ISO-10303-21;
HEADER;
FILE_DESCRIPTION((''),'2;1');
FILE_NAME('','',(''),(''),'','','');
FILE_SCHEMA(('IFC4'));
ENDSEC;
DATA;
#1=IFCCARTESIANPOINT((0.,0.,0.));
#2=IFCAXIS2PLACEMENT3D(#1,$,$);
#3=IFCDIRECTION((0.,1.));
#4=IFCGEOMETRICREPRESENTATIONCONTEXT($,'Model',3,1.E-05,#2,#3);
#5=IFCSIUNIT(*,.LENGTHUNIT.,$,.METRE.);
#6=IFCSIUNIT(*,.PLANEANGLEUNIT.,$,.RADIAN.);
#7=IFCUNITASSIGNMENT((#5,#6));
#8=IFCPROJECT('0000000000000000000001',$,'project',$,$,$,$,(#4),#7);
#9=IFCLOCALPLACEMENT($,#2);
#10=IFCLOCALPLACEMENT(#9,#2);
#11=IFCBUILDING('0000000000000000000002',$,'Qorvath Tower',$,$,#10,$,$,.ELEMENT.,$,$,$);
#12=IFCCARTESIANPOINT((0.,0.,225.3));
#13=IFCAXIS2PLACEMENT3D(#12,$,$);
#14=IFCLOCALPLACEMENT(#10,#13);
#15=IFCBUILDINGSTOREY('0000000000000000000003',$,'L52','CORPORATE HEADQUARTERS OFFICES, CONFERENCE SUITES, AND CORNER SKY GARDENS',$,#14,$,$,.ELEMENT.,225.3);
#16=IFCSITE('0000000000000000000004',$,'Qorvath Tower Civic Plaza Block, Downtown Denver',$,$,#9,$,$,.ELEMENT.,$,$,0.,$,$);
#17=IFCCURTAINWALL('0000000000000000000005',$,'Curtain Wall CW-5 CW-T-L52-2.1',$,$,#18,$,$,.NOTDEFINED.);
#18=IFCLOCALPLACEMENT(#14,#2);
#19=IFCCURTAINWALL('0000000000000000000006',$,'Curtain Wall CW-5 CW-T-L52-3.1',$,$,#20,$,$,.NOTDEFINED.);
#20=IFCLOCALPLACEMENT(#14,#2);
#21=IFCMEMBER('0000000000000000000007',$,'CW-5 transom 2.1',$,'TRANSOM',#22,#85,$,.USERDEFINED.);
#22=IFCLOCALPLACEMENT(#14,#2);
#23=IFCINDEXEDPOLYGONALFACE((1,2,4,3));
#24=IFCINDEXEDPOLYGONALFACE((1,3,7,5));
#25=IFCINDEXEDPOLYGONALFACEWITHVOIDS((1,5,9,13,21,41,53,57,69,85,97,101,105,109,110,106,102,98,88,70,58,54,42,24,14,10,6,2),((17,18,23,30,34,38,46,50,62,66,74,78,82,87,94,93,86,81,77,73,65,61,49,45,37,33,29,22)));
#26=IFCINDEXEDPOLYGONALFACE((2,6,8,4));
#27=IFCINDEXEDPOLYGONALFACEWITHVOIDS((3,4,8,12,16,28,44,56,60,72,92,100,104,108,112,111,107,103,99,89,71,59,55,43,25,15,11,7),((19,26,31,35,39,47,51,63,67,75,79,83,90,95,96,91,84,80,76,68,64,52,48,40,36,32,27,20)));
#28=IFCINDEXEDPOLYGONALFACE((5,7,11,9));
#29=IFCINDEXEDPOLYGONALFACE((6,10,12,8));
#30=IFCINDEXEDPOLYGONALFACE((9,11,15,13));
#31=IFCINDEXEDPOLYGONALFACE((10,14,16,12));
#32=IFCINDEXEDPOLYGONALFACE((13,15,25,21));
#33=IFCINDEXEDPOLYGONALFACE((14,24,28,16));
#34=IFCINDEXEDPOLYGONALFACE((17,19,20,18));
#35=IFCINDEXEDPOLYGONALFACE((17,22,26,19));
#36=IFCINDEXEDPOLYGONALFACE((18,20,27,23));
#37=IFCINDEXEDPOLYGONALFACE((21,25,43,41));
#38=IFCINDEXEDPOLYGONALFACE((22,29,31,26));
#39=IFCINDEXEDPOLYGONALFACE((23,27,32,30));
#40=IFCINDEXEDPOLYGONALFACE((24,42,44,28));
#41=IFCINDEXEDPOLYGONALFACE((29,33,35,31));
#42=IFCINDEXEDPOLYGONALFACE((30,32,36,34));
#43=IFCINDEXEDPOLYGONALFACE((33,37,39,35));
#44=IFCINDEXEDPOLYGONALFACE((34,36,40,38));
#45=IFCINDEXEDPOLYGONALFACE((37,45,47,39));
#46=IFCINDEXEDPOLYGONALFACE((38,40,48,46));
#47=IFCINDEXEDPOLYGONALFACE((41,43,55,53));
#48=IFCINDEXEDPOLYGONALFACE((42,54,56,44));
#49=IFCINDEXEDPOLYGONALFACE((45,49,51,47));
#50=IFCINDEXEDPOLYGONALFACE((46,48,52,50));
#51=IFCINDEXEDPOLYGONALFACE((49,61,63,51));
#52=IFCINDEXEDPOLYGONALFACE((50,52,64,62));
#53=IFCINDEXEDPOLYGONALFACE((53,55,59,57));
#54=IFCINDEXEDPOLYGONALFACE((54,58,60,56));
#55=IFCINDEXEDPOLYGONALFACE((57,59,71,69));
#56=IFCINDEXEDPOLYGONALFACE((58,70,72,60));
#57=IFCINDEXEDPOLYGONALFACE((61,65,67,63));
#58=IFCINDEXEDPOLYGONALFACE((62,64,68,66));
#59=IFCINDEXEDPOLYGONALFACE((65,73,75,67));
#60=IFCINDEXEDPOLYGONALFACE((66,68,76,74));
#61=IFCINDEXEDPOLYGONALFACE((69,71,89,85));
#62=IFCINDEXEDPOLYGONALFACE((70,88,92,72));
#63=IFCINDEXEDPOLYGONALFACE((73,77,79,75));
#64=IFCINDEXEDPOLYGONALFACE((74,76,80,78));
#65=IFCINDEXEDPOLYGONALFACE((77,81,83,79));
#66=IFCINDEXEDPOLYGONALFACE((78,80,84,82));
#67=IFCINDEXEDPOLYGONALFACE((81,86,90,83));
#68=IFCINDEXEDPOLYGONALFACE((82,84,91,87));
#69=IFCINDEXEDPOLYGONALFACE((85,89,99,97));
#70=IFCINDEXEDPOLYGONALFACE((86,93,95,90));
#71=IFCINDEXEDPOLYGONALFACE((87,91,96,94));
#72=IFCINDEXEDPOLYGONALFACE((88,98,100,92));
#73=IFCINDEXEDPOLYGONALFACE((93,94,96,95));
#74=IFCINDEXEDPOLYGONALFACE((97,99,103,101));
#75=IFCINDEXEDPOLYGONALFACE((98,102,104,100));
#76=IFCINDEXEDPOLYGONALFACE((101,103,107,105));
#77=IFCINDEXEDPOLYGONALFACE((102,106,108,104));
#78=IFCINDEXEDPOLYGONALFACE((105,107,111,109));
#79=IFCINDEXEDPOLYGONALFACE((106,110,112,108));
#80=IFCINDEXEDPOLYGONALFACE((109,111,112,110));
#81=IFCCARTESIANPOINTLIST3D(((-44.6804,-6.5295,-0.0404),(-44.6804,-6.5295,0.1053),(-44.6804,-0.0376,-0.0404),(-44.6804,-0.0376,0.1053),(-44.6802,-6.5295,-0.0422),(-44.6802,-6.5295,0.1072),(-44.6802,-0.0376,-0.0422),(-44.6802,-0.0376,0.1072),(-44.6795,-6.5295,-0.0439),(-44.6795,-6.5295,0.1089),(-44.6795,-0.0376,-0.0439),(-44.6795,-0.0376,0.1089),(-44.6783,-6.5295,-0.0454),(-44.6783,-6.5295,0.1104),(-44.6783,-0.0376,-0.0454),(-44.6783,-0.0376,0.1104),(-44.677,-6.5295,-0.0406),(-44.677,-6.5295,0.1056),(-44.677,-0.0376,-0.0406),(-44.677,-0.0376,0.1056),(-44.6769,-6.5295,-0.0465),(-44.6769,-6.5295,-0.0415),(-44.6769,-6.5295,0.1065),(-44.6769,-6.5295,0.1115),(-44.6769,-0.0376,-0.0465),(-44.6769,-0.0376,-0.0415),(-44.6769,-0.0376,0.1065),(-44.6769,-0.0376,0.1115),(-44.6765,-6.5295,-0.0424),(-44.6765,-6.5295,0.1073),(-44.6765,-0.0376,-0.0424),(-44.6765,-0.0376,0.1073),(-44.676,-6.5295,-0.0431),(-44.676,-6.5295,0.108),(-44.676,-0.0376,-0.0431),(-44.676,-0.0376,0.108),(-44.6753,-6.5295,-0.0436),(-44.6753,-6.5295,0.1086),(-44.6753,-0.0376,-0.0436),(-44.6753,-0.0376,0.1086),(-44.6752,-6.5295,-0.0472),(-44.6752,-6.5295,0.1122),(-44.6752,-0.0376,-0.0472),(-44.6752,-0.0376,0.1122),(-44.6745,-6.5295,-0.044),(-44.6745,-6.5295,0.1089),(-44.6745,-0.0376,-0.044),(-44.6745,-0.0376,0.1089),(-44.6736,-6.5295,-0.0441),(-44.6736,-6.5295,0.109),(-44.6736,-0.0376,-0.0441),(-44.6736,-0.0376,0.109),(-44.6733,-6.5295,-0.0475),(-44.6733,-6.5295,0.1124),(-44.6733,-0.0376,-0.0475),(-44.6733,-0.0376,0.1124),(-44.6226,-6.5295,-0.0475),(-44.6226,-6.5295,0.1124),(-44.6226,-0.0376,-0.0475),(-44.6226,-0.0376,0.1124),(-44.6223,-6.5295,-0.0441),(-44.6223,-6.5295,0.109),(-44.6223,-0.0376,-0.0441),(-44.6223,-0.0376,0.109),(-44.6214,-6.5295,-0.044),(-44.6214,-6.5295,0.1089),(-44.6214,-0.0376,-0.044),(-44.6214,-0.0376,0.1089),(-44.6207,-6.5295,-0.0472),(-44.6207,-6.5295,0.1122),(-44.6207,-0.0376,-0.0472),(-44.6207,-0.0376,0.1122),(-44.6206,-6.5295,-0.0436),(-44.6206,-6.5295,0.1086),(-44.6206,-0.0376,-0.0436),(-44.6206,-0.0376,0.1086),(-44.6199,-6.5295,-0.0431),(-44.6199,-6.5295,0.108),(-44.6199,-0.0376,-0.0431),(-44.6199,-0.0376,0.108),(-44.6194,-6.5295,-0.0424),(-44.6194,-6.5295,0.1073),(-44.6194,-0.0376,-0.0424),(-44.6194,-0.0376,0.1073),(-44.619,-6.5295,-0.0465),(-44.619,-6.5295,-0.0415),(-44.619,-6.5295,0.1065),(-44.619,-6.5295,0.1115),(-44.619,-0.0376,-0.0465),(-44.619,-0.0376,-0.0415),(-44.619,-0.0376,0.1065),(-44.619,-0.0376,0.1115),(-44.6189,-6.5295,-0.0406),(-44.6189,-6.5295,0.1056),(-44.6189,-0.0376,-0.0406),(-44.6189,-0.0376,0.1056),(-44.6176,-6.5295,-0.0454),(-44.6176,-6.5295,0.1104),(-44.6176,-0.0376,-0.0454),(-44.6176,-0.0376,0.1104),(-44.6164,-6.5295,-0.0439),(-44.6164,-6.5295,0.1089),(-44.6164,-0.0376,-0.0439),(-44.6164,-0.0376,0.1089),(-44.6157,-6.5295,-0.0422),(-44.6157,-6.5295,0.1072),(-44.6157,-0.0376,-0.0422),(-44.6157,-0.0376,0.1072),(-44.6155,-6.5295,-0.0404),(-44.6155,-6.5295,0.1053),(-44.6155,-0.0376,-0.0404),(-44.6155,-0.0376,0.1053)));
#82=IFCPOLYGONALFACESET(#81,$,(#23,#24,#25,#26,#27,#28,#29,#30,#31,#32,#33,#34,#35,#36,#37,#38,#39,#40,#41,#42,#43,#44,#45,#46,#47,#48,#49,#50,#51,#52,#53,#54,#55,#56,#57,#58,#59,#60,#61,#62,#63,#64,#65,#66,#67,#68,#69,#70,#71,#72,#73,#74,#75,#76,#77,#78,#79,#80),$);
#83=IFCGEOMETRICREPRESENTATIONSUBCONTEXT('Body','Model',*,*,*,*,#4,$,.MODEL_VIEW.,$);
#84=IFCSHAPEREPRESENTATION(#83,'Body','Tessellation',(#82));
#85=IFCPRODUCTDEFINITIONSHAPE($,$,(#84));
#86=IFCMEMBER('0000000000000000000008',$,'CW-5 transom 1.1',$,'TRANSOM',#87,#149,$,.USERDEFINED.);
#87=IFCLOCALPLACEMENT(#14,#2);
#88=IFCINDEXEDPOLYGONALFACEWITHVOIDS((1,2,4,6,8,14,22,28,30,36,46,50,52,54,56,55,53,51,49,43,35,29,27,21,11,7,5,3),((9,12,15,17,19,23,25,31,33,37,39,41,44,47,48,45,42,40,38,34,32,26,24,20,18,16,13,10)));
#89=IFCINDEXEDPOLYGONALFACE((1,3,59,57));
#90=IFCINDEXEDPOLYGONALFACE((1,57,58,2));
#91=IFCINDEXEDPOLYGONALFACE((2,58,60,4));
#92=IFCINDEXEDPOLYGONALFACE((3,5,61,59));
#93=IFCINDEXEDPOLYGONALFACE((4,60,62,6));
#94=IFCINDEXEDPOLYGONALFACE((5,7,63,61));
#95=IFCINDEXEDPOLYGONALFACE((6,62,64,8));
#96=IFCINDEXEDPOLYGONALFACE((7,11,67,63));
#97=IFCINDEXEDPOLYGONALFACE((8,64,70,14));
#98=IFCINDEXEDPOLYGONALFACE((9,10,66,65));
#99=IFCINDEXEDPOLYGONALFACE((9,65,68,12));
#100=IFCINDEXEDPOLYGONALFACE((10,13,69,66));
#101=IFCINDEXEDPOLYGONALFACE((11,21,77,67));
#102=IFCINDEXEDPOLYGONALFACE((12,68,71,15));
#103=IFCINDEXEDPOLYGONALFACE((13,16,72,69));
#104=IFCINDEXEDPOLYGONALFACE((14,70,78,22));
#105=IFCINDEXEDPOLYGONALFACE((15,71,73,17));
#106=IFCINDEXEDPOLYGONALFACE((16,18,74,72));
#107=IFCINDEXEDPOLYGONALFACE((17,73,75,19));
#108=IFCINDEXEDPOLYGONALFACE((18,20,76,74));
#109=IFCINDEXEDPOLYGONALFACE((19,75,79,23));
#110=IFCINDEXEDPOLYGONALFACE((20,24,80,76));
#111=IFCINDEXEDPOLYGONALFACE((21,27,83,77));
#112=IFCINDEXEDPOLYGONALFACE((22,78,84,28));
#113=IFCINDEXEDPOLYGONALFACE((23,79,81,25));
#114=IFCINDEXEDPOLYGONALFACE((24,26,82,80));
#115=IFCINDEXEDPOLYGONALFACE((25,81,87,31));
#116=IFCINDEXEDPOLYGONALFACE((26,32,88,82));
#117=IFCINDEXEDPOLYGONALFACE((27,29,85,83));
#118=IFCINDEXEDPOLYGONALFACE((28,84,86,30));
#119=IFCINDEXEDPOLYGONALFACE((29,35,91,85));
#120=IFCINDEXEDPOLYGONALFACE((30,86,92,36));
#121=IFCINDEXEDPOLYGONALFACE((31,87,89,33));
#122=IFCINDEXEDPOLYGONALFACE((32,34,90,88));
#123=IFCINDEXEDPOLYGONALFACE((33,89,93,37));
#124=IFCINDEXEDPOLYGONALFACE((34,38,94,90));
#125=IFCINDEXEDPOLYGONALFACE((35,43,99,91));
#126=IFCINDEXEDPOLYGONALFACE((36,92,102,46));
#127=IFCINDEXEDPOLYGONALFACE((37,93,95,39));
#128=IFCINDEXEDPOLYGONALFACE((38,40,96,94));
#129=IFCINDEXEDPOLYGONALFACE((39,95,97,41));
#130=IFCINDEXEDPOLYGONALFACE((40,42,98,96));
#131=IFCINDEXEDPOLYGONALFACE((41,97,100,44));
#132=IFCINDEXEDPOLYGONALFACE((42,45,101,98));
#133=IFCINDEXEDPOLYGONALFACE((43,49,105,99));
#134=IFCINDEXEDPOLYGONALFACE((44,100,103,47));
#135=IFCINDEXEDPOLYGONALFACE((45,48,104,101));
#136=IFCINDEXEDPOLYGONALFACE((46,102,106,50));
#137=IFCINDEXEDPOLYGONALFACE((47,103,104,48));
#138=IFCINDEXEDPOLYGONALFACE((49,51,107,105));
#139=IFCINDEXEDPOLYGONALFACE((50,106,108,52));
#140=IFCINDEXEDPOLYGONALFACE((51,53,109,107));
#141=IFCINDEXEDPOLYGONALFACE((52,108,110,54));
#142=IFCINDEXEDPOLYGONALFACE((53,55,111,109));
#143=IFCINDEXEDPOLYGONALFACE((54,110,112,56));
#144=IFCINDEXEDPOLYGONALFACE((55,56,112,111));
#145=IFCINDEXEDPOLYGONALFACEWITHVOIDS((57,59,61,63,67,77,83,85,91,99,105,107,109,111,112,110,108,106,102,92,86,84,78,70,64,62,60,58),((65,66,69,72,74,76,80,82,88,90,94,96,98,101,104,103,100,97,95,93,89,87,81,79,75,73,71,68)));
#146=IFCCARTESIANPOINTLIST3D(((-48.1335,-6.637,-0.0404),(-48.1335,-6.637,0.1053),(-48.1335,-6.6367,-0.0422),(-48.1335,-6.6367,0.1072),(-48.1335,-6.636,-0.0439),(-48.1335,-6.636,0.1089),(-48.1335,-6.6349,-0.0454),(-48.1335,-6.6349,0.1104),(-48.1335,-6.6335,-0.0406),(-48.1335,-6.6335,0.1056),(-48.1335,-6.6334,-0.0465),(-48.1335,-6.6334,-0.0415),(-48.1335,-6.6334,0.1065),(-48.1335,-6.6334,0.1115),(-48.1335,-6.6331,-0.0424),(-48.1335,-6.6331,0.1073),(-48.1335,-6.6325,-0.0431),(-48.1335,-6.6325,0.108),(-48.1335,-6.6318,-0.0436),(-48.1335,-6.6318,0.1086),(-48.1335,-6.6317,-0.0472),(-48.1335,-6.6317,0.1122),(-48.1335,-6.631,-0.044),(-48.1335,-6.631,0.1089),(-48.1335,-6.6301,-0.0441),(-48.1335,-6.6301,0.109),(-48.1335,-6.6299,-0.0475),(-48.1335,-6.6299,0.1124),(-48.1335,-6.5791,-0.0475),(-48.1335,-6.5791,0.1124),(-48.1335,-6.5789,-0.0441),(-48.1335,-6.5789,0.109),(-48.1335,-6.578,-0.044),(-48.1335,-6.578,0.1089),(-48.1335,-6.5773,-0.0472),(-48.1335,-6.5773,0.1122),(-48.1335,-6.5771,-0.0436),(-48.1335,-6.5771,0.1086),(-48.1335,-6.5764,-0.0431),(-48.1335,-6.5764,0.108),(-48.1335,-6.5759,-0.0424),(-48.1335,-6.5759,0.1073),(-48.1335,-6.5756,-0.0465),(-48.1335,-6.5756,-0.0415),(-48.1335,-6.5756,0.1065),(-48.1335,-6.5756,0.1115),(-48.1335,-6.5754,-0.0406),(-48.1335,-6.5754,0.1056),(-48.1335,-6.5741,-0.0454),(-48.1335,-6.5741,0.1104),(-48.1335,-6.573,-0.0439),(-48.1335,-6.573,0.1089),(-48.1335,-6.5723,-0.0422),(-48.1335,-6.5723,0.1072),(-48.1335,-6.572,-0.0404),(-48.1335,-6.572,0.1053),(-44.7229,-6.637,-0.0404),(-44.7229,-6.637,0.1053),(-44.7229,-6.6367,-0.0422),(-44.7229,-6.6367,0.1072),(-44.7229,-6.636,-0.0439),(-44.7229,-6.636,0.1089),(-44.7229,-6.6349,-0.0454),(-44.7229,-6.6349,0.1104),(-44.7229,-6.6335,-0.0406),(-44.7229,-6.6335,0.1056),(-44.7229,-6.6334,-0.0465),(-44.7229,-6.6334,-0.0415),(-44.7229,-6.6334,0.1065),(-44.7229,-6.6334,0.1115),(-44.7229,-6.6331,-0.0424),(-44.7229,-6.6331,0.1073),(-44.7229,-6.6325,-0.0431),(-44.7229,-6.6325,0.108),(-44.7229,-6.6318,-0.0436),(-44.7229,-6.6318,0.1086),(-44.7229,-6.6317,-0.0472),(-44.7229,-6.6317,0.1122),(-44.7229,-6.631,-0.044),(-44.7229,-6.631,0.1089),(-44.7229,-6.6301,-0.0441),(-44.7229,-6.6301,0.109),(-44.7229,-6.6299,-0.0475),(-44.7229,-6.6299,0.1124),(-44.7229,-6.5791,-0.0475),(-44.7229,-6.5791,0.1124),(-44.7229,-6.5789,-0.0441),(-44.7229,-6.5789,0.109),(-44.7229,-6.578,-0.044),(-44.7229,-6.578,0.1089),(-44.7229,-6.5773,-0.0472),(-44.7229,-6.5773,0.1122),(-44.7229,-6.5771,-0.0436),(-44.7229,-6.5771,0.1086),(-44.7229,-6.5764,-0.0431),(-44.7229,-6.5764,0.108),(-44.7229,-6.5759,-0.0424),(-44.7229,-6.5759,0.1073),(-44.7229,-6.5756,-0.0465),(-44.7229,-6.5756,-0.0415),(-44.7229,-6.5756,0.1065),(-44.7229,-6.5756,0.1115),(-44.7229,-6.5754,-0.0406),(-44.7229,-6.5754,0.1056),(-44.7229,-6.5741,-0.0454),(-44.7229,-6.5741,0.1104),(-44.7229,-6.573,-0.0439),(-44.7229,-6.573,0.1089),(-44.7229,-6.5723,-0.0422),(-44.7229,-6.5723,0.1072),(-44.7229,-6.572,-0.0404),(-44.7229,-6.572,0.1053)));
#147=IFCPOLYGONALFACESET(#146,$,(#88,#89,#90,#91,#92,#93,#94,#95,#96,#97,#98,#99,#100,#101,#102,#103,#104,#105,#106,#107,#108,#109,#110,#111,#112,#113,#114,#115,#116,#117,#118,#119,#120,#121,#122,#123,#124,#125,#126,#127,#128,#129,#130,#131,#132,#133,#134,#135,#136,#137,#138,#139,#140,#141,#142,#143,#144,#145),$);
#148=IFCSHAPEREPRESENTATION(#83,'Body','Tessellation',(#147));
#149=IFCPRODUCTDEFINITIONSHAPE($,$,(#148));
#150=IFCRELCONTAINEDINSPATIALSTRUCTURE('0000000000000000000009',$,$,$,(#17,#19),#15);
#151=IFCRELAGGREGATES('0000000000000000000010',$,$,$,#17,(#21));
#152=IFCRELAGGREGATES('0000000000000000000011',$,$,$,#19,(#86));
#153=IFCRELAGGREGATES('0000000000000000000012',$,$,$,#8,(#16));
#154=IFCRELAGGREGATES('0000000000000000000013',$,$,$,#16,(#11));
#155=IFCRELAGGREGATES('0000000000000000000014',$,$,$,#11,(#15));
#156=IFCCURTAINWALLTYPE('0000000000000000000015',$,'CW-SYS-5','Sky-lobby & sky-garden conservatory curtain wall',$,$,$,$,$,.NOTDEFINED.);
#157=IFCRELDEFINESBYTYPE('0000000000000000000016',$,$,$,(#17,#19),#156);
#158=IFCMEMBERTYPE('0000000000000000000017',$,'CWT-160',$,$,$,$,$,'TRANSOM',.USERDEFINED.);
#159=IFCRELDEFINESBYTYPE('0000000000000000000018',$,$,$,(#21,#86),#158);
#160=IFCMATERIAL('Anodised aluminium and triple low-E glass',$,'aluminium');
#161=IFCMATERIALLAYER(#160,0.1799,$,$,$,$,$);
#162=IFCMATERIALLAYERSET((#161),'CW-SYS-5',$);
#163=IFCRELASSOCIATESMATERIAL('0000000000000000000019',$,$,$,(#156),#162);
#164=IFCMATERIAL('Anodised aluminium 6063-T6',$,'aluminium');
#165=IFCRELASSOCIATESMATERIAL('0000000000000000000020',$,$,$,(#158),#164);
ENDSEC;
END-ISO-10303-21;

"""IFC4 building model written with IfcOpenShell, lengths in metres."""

from ifc_helpers import new_model, si_unit, direction, frame, origin, origin_2d, place, context, subcontext, project, spatial, hollow_rectangle, extrude, material, layer, layer_set, material_profile, profile_set, type_object, element, aggregate, save


model = new_model("IFC4")

# Units and contexts
model_context = context("Model", 3, precision=1e-05, world=origin(), true_north=direction((0.0, 1.0)))
body_context = subcontext(model_context, "Body", "Model", "MODEL_VIEW")
ifc_project = project(units=[si_unit("LENGTHUNIT", "METRE"), si_unit("PLANEANGLEUNIT", "RADIAN")], contexts=[model_context])

# Site, building, storey
site_placement = place(None, origin())
site = spatial("IfcSite", under=ifc_project, at=site_placement, Name="Qorvath Tower Civic Plaza Block, Downtown Denver", CompositionType="ELEMENT", RefElevation=0.0)
building_placement = place(site_placement, origin())
building = spatial("IfcBuilding", under=site, at=building_placement, Name="Qorvath Tower", CompositionType="ELEMENT")
storey_placement = place(building_placement, frame((0.0, 0.0, 225.3)))
storey = spatial("IfcBuildingStorey", under=building, at=storey_placement, Name="L52", Description="CORPORATE HEADQUARTERS OFFICES, CONFERENCE SUITES, AND CORNER SKY GARDENS", CompositionType="ELEMENT", Elevation=225.3)

# Curtain wall
ifc_material_1 = material(Name="Anodised aluminium and triple low-E glass", Category="aluminium")
ifc_layer_1 = layer(ifc_material_1, 0.1799)
ifc_layer_set_1 = layer_set([ifc_layer_1], Name="CW-SYS-5")
curtain_wall_type = type_object("IfcCurtainWallType", Name="CW-SYS-5", Description="Sky-lobby & sky-garden conservatory curtain wall", PredefinedType="NOTDEFINED", material=ifc_layer_set_1)
curtain_wall_1_placement = place(storey_placement, origin())
curtain_wall_1 = element("IfcCurtainWall", 1, at=curtain_wall_1_placement, inside=storey, type_object=curtain_wall_type, Name="Curtain Wall CW-5 CW-T-L52-2.1", PredefinedType="NOTDEFINED")

# Curtain wall
curtain_wall_2_placement = place(storey_placement, origin())
curtain_wall_2 = element("IfcCurtainWall", 2, at=curtain_wall_2_placement, inside=storey, type_object=curtain_wall_type, Name="Curtain Wall CW-5 CW-T-L52-3.1", PredefinedType="NOTDEFINED")

# Members
ifc_material_2 = material(Name="Anodised aluminium 6063-T6", Category="aluminium")
ifc_material_profile_1 = material_profile(ifc_material_2, hollow_rectangle(XDim=0.0649, YDim=0.1599, WallThickness=0.0034, InnerFilletRadius=0.0034, OuterFilletRadius=0.0071, at=origin_2d()), Name="CWT 160x65")
ifc_profile_set_1 = profile_set([ifc_material_profile_1], Name="Anodised aluminium 6063-T6")
member_type_1 = type_object("IfcMemberType", Name="CWT-160", ElementType="TRANSOM", PredefinedType="USERDEFINED", material=ifc_profile_set_1)
member_1_placement = place(storey_placement, frame((-44.6479, -0.0376, 0.0325), z_axis=(0.0, -1.0, 0.0), x_axis=(1.0, 0.0, 0.0)))
member_1 = element("IfcMember", 3, at=member_1_placement, type_object=member_type_1, Name="CW-5 transom 2.1", ObjectType="TRANSOM", PredefinedType="USERDEFINED", context=body_context, shape_type="SweptSolid", body=[
    extrude(hollow_rectangle(XDim=0.0649, YDim=0.1599, WallThickness=0.0034, InnerFilletRadius=0.0034, OuterFilletRadius=0.0071, at=origin_2d()), origin(), (0.0, 0.0, 1.0), 6.4919),
])
member_2_placement = place(storey_placement, frame((-44.7229, -6.6045, 0.0325), z_axis=(-1.0, 0.0, 0.0), x_axis=(0.0, -1.0, 0.0)))
member_2 = element("IfcMember", 4, at=member_2_placement, type_object=member_type_1, Name="CW-5 transom 1.1", ObjectType="TRANSOM", PredefinedType="USERDEFINED", context=body_context, shape_type="SweptSolid", body=[
    extrude(hollow_rectangle(XDim=0.0649, YDim=0.1599, WallThickness=0.0034, InnerFilletRadius=0.0034, OuterFilletRadius=0.0071, at=origin_2d()), origin(), (0.0, 0.0, 1.0), 3.4106),
])

aggregate(curtain_wall_1, [member_1])
aggregate(curtain_wall_2, [member_2])

save(model, "model.ifc")
